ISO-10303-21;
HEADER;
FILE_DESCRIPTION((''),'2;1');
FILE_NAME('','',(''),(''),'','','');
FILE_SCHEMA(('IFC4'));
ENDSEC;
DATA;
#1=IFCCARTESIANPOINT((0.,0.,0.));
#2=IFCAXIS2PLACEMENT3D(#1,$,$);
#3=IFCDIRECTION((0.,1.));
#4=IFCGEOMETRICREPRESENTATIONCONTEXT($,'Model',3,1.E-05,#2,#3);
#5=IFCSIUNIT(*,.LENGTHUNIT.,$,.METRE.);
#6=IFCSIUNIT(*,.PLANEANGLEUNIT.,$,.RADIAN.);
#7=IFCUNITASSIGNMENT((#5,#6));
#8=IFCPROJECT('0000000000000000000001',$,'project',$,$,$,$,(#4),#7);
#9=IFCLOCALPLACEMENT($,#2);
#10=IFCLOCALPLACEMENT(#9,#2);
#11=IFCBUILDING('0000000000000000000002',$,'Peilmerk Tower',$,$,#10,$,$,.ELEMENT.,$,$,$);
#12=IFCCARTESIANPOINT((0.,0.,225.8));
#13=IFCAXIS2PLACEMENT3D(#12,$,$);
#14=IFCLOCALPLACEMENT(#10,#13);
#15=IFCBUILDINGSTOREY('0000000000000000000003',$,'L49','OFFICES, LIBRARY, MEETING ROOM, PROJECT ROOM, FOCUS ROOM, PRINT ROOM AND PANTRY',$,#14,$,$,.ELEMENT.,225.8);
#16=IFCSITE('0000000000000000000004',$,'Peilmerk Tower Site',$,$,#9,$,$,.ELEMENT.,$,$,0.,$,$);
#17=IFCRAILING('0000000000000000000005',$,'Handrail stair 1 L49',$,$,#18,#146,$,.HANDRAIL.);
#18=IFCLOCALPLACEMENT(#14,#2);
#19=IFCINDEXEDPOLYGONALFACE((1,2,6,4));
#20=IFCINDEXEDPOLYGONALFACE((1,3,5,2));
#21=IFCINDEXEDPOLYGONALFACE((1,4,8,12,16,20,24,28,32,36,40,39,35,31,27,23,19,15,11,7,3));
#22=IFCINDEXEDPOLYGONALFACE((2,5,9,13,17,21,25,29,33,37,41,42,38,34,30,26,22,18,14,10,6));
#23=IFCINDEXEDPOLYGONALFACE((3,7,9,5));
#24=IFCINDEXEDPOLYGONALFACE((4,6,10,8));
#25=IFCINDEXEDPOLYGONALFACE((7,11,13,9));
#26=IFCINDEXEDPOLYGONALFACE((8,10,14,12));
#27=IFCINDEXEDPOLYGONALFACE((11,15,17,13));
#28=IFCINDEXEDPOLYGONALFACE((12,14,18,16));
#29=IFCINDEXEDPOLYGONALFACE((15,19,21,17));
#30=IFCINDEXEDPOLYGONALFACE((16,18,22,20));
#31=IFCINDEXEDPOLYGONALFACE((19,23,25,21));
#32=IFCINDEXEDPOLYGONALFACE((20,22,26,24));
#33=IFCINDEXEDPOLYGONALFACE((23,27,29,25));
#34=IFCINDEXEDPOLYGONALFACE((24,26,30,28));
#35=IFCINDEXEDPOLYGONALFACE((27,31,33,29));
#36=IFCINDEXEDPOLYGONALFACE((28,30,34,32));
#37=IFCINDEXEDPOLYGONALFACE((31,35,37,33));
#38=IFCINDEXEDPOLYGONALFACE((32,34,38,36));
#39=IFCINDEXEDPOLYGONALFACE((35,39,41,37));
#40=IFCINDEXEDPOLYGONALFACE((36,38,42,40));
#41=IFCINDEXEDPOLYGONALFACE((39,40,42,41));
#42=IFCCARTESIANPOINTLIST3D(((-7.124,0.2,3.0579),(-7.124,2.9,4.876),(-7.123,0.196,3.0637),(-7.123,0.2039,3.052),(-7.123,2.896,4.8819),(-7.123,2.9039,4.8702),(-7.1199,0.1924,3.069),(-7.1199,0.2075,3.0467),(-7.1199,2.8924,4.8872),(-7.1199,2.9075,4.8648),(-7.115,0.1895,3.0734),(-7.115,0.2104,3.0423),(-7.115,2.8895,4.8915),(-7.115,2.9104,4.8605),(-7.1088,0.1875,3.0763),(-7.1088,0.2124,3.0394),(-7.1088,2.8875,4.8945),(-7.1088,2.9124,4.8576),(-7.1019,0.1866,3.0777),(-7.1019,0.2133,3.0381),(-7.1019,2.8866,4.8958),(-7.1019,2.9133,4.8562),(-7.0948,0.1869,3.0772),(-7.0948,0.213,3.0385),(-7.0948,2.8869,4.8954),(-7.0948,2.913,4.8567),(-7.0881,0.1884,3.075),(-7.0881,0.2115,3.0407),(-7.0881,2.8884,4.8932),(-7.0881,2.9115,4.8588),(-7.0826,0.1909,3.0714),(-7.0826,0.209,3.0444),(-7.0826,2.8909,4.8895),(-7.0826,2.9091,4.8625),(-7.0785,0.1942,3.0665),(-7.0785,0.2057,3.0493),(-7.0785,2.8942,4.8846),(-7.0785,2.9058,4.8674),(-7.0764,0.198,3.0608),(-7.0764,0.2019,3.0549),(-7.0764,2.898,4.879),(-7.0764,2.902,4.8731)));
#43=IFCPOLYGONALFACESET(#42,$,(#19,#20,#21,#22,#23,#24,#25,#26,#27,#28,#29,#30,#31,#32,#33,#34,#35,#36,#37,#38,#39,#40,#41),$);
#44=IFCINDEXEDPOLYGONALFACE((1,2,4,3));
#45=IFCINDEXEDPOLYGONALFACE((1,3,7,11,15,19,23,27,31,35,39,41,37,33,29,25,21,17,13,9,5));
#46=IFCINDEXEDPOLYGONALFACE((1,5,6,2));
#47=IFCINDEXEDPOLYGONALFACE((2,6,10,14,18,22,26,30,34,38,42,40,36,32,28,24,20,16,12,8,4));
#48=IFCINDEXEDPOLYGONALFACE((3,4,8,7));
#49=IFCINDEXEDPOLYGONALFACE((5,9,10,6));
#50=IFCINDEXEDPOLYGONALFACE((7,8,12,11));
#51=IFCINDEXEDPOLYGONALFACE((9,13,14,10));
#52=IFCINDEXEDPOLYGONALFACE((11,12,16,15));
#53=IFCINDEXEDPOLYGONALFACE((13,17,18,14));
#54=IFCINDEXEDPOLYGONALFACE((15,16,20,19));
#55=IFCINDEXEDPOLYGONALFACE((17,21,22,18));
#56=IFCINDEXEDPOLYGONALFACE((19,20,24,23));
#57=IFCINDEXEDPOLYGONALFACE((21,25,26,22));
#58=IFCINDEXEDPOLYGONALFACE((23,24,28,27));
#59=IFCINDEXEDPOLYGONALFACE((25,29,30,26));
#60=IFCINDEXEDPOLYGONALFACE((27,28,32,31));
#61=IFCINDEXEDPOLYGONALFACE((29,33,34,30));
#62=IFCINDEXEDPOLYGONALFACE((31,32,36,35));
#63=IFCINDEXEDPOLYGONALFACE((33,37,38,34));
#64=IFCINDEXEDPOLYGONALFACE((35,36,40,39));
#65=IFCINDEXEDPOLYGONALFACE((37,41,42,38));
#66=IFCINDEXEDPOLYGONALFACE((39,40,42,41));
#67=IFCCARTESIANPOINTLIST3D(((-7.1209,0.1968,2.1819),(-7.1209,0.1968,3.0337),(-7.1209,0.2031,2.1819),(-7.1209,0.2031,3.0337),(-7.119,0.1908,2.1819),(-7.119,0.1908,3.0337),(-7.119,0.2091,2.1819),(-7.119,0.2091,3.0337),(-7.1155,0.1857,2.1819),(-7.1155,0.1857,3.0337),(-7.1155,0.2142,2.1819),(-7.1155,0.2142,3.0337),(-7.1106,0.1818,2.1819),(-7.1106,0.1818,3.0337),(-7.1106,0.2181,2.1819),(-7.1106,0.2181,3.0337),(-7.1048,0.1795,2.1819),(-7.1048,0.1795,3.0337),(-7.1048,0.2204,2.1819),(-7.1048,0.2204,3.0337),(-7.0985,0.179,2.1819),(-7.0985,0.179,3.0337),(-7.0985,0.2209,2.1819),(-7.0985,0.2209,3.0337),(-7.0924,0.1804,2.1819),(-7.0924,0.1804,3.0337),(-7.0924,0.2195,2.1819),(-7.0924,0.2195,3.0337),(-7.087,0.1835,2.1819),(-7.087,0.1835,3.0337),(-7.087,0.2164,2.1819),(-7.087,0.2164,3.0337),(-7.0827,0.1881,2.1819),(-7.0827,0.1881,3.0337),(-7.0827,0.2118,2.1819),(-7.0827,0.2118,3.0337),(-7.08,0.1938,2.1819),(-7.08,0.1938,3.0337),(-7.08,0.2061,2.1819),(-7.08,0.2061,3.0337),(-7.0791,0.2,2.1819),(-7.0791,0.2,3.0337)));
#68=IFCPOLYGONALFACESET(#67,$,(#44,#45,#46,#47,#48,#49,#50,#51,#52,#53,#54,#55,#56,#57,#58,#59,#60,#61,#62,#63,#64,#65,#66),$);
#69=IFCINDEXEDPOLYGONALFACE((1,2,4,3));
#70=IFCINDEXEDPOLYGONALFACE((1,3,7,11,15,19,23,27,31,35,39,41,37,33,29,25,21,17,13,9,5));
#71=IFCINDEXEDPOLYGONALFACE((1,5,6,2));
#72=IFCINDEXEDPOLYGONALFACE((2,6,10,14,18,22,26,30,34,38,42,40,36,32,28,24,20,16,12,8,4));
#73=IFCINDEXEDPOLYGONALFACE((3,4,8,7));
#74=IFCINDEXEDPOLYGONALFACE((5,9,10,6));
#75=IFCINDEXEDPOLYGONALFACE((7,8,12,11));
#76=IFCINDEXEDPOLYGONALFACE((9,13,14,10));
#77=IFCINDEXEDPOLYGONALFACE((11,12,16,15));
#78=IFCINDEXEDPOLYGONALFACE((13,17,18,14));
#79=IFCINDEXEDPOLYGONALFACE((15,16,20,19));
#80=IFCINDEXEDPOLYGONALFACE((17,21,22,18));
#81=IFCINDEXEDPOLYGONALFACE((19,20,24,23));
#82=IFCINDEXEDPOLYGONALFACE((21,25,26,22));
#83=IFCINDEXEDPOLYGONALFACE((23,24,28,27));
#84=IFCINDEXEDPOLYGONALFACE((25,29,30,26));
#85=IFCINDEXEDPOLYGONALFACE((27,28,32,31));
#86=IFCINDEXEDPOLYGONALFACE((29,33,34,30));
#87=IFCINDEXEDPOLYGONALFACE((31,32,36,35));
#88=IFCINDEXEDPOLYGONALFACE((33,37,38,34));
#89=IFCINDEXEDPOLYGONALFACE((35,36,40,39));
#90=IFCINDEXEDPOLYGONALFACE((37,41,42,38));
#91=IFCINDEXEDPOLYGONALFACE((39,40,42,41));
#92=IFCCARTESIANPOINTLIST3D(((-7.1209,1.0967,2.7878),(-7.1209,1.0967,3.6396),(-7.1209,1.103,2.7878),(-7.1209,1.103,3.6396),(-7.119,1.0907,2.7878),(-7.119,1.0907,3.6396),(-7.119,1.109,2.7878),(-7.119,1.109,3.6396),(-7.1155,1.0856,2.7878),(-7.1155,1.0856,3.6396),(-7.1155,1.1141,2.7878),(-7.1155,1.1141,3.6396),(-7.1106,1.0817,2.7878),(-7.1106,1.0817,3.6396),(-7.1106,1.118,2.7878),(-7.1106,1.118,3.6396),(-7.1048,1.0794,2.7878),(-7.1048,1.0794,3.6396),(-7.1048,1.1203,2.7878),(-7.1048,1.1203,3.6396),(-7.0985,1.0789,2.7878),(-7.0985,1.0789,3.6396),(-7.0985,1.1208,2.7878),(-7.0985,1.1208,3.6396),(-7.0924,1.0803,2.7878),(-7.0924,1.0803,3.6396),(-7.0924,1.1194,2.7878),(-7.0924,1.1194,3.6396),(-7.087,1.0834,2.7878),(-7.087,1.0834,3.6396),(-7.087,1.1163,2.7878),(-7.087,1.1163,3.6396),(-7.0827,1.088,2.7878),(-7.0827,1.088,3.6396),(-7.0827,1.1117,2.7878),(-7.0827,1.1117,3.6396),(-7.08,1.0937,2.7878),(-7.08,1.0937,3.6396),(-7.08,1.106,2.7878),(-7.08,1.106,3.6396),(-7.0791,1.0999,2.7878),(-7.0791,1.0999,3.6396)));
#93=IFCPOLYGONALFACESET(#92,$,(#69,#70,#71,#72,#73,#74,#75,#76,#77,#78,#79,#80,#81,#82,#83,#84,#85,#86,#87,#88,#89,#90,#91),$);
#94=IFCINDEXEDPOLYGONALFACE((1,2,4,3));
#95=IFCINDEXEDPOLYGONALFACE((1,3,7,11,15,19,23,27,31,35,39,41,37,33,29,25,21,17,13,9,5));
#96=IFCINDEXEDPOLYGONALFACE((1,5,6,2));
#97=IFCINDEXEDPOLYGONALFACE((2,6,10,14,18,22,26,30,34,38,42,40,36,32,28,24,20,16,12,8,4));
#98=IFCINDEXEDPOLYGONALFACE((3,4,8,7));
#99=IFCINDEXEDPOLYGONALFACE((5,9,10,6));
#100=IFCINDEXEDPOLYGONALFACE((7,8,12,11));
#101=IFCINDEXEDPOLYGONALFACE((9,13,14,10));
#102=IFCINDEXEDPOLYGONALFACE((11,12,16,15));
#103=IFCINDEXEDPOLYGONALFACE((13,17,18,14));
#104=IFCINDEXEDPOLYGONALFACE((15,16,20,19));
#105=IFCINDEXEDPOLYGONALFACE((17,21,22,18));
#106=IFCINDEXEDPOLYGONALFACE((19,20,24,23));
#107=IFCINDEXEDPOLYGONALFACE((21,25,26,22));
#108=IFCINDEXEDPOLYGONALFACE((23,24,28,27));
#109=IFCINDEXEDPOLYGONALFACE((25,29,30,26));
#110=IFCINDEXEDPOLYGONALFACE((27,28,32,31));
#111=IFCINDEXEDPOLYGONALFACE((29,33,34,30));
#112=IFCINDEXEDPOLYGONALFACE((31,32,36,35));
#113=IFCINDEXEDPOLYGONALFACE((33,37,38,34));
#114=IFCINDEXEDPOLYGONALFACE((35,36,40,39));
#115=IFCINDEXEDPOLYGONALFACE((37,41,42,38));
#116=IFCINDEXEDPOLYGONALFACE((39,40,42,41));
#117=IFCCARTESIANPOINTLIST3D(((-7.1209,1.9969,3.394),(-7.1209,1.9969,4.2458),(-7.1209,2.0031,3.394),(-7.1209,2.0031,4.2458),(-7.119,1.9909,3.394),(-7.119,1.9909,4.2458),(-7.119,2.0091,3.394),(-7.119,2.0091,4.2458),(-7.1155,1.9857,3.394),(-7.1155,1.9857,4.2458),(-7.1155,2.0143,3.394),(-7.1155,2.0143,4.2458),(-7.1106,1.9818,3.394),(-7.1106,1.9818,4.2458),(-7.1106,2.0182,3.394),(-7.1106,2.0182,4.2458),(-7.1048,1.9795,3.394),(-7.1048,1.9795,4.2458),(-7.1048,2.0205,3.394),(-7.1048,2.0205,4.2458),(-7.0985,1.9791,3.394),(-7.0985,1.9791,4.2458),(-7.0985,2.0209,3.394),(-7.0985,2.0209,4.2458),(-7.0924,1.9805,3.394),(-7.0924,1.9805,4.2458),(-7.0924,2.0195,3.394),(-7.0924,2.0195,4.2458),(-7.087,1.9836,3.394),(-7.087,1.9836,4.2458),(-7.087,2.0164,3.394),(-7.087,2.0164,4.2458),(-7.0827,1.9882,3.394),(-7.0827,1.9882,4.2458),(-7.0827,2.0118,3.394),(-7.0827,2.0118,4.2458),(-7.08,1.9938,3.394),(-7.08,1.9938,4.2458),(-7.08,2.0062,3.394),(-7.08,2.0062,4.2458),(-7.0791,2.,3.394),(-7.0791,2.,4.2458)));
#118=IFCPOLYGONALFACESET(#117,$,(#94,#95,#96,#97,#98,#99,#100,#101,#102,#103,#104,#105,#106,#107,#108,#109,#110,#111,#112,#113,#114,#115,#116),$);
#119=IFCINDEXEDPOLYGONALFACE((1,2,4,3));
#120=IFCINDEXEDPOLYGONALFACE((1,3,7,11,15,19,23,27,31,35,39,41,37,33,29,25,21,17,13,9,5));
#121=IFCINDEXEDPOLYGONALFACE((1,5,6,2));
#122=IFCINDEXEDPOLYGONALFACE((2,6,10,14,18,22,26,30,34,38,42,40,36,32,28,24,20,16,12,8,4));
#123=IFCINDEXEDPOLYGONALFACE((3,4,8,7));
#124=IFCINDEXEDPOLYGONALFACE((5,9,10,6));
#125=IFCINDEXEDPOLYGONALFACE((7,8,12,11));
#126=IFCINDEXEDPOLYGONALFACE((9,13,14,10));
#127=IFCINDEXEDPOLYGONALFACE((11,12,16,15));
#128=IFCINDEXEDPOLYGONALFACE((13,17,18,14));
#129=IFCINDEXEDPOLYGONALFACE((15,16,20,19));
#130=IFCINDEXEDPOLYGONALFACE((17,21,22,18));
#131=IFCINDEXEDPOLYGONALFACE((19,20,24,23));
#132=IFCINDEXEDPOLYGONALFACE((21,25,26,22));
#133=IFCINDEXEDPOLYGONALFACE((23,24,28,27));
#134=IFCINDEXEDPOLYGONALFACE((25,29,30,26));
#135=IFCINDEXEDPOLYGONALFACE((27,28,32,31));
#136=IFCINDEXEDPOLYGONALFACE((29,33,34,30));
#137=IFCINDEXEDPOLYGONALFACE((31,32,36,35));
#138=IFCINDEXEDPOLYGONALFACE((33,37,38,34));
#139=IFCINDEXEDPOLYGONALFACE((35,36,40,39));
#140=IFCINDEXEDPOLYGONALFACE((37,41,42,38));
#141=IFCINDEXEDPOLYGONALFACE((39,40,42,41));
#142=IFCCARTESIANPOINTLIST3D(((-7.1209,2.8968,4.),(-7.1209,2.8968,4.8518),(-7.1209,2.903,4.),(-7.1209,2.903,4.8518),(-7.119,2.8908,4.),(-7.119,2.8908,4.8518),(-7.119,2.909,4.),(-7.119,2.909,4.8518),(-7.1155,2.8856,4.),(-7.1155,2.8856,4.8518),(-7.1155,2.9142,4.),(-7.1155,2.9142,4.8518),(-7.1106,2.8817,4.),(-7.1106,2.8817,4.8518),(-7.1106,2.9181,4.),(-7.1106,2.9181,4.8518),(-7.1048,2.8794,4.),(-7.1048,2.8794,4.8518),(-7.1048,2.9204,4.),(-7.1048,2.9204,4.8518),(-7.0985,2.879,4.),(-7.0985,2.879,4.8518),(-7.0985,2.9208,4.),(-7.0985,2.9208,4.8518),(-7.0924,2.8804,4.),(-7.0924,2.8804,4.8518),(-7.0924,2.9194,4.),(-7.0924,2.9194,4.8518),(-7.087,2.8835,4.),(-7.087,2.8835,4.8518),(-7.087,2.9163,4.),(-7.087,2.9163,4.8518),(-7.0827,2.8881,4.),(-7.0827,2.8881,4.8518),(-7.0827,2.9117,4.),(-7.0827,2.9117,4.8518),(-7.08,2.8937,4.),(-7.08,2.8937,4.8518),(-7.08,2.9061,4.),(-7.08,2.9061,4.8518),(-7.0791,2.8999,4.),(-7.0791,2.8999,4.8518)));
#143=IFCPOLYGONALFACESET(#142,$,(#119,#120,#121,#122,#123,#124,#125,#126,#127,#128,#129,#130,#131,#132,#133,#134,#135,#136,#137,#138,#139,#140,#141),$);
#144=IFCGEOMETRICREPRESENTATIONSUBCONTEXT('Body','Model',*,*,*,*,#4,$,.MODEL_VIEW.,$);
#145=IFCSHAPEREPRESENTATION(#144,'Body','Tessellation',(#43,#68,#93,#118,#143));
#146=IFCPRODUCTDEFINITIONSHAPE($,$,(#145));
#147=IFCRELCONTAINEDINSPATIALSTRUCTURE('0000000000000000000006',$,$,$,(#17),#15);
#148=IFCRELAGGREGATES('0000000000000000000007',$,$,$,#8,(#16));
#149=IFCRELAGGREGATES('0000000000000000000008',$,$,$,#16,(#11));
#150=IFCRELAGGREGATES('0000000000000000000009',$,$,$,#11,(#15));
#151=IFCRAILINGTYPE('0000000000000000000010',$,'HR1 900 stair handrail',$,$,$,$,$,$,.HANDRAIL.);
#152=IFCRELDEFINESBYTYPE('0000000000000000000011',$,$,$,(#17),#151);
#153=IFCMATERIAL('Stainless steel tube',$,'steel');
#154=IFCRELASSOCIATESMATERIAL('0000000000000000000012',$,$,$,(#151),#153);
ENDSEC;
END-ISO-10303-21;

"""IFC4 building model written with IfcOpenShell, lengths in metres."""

from ifc_helpers import new_model, si_unit, direction, frame, origin, origin_2d, place, context, subcontext, project, spatial, circle, extrude, material, type_object, element, save


model = new_model("IFC4")

# Units and contexts
model_context = context("Model", 3, precision=1e-05, world=origin(), true_north=direction((0.0, 1.0)))
body_context = subcontext(model_context, "Body", "Model", "MODEL_VIEW")
ifc_project = project(units=[si_unit("LENGTHUNIT", "METRE"), si_unit("PLANEANGLEUNIT", "RADIAN")], contexts=[model_context])

# Site, building, storey
site_placement = place(None, origin())
site = spatial("IfcSite", under=ifc_project, at=site_placement, Name="Peilmerk Tower Site", CompositionType="ELEMENT", RefElevation=0.0)
building_placement = place(site_placement, origin())
building = spatial("IfcBuilding", under=site, at=building_placement, Name="Peilmerk Tower", CompositionType="ELEMENT")
storey_placement = place(building_placement, frame((0.0, 0.0, 225.8)))
storey = spatial("IfcBuildingStorey", under=building, at=storey_placement, Name="L49", Description="OFFICES, LIBRARY, MEETING ROOM, PROJECT ROOM, FOCUS ROOM, PRINT ROOM AND PANTRY", CompositionType="ELEMENT", Elevation=225.8)

# Railing
ifc_material_1 = material(Name="Stainless steel tube", Category="steel")
railing_type_1 = type_object("IfcRailingType", Name="HR1 900 stair handrail", PredefinedType="HANDRAIL", material=ifc_material_1)
railing_1_placement = place(storey_placement, frame((-7.1001, 0.2, 2.1819)))
element("IfcRailing", 1, at=railing_1_placement, inside=storey, type_object=railing_type_1, Name="Handrail stair 1 L49", PredefinedType="HANDRAIL", context=body_context, shape_type="SweptSolid", body=[
    extrude(circle(Radius=0.0239, at=origin_2d()), frame((0.0, 0.0, 0.876), z_axis=(0.0, 0.829468, 0.558554), x_axis=(-1.0, 0.0, 0.0)), (0.0, 0.0, 1.0), 3.2551),
    extrude(circle(Radius=0.021, at=origin_2d()), origin(), (0.0, 0.0, 1.0), 0.8518),
    extrude(circle(Radius=0.021, at=origin_2d()), frame((0.0, 0.8999, 0.606)), (0.0, 0.0, 1.0), 0.8518),
    extrude(circle(Radius=0.021, at=origin_2d()), frame((0.0, 1.8, 1.2122)), (0.0, 0.0, 1.0), 0.8518),
    extrude(circle(Radius=0.021, at=origin_2d()), frame((0.0, 2.7, 1.8181)), (0.0, 0.0, 1.0), 0.8518),
])

save(model, "model.ifc")
